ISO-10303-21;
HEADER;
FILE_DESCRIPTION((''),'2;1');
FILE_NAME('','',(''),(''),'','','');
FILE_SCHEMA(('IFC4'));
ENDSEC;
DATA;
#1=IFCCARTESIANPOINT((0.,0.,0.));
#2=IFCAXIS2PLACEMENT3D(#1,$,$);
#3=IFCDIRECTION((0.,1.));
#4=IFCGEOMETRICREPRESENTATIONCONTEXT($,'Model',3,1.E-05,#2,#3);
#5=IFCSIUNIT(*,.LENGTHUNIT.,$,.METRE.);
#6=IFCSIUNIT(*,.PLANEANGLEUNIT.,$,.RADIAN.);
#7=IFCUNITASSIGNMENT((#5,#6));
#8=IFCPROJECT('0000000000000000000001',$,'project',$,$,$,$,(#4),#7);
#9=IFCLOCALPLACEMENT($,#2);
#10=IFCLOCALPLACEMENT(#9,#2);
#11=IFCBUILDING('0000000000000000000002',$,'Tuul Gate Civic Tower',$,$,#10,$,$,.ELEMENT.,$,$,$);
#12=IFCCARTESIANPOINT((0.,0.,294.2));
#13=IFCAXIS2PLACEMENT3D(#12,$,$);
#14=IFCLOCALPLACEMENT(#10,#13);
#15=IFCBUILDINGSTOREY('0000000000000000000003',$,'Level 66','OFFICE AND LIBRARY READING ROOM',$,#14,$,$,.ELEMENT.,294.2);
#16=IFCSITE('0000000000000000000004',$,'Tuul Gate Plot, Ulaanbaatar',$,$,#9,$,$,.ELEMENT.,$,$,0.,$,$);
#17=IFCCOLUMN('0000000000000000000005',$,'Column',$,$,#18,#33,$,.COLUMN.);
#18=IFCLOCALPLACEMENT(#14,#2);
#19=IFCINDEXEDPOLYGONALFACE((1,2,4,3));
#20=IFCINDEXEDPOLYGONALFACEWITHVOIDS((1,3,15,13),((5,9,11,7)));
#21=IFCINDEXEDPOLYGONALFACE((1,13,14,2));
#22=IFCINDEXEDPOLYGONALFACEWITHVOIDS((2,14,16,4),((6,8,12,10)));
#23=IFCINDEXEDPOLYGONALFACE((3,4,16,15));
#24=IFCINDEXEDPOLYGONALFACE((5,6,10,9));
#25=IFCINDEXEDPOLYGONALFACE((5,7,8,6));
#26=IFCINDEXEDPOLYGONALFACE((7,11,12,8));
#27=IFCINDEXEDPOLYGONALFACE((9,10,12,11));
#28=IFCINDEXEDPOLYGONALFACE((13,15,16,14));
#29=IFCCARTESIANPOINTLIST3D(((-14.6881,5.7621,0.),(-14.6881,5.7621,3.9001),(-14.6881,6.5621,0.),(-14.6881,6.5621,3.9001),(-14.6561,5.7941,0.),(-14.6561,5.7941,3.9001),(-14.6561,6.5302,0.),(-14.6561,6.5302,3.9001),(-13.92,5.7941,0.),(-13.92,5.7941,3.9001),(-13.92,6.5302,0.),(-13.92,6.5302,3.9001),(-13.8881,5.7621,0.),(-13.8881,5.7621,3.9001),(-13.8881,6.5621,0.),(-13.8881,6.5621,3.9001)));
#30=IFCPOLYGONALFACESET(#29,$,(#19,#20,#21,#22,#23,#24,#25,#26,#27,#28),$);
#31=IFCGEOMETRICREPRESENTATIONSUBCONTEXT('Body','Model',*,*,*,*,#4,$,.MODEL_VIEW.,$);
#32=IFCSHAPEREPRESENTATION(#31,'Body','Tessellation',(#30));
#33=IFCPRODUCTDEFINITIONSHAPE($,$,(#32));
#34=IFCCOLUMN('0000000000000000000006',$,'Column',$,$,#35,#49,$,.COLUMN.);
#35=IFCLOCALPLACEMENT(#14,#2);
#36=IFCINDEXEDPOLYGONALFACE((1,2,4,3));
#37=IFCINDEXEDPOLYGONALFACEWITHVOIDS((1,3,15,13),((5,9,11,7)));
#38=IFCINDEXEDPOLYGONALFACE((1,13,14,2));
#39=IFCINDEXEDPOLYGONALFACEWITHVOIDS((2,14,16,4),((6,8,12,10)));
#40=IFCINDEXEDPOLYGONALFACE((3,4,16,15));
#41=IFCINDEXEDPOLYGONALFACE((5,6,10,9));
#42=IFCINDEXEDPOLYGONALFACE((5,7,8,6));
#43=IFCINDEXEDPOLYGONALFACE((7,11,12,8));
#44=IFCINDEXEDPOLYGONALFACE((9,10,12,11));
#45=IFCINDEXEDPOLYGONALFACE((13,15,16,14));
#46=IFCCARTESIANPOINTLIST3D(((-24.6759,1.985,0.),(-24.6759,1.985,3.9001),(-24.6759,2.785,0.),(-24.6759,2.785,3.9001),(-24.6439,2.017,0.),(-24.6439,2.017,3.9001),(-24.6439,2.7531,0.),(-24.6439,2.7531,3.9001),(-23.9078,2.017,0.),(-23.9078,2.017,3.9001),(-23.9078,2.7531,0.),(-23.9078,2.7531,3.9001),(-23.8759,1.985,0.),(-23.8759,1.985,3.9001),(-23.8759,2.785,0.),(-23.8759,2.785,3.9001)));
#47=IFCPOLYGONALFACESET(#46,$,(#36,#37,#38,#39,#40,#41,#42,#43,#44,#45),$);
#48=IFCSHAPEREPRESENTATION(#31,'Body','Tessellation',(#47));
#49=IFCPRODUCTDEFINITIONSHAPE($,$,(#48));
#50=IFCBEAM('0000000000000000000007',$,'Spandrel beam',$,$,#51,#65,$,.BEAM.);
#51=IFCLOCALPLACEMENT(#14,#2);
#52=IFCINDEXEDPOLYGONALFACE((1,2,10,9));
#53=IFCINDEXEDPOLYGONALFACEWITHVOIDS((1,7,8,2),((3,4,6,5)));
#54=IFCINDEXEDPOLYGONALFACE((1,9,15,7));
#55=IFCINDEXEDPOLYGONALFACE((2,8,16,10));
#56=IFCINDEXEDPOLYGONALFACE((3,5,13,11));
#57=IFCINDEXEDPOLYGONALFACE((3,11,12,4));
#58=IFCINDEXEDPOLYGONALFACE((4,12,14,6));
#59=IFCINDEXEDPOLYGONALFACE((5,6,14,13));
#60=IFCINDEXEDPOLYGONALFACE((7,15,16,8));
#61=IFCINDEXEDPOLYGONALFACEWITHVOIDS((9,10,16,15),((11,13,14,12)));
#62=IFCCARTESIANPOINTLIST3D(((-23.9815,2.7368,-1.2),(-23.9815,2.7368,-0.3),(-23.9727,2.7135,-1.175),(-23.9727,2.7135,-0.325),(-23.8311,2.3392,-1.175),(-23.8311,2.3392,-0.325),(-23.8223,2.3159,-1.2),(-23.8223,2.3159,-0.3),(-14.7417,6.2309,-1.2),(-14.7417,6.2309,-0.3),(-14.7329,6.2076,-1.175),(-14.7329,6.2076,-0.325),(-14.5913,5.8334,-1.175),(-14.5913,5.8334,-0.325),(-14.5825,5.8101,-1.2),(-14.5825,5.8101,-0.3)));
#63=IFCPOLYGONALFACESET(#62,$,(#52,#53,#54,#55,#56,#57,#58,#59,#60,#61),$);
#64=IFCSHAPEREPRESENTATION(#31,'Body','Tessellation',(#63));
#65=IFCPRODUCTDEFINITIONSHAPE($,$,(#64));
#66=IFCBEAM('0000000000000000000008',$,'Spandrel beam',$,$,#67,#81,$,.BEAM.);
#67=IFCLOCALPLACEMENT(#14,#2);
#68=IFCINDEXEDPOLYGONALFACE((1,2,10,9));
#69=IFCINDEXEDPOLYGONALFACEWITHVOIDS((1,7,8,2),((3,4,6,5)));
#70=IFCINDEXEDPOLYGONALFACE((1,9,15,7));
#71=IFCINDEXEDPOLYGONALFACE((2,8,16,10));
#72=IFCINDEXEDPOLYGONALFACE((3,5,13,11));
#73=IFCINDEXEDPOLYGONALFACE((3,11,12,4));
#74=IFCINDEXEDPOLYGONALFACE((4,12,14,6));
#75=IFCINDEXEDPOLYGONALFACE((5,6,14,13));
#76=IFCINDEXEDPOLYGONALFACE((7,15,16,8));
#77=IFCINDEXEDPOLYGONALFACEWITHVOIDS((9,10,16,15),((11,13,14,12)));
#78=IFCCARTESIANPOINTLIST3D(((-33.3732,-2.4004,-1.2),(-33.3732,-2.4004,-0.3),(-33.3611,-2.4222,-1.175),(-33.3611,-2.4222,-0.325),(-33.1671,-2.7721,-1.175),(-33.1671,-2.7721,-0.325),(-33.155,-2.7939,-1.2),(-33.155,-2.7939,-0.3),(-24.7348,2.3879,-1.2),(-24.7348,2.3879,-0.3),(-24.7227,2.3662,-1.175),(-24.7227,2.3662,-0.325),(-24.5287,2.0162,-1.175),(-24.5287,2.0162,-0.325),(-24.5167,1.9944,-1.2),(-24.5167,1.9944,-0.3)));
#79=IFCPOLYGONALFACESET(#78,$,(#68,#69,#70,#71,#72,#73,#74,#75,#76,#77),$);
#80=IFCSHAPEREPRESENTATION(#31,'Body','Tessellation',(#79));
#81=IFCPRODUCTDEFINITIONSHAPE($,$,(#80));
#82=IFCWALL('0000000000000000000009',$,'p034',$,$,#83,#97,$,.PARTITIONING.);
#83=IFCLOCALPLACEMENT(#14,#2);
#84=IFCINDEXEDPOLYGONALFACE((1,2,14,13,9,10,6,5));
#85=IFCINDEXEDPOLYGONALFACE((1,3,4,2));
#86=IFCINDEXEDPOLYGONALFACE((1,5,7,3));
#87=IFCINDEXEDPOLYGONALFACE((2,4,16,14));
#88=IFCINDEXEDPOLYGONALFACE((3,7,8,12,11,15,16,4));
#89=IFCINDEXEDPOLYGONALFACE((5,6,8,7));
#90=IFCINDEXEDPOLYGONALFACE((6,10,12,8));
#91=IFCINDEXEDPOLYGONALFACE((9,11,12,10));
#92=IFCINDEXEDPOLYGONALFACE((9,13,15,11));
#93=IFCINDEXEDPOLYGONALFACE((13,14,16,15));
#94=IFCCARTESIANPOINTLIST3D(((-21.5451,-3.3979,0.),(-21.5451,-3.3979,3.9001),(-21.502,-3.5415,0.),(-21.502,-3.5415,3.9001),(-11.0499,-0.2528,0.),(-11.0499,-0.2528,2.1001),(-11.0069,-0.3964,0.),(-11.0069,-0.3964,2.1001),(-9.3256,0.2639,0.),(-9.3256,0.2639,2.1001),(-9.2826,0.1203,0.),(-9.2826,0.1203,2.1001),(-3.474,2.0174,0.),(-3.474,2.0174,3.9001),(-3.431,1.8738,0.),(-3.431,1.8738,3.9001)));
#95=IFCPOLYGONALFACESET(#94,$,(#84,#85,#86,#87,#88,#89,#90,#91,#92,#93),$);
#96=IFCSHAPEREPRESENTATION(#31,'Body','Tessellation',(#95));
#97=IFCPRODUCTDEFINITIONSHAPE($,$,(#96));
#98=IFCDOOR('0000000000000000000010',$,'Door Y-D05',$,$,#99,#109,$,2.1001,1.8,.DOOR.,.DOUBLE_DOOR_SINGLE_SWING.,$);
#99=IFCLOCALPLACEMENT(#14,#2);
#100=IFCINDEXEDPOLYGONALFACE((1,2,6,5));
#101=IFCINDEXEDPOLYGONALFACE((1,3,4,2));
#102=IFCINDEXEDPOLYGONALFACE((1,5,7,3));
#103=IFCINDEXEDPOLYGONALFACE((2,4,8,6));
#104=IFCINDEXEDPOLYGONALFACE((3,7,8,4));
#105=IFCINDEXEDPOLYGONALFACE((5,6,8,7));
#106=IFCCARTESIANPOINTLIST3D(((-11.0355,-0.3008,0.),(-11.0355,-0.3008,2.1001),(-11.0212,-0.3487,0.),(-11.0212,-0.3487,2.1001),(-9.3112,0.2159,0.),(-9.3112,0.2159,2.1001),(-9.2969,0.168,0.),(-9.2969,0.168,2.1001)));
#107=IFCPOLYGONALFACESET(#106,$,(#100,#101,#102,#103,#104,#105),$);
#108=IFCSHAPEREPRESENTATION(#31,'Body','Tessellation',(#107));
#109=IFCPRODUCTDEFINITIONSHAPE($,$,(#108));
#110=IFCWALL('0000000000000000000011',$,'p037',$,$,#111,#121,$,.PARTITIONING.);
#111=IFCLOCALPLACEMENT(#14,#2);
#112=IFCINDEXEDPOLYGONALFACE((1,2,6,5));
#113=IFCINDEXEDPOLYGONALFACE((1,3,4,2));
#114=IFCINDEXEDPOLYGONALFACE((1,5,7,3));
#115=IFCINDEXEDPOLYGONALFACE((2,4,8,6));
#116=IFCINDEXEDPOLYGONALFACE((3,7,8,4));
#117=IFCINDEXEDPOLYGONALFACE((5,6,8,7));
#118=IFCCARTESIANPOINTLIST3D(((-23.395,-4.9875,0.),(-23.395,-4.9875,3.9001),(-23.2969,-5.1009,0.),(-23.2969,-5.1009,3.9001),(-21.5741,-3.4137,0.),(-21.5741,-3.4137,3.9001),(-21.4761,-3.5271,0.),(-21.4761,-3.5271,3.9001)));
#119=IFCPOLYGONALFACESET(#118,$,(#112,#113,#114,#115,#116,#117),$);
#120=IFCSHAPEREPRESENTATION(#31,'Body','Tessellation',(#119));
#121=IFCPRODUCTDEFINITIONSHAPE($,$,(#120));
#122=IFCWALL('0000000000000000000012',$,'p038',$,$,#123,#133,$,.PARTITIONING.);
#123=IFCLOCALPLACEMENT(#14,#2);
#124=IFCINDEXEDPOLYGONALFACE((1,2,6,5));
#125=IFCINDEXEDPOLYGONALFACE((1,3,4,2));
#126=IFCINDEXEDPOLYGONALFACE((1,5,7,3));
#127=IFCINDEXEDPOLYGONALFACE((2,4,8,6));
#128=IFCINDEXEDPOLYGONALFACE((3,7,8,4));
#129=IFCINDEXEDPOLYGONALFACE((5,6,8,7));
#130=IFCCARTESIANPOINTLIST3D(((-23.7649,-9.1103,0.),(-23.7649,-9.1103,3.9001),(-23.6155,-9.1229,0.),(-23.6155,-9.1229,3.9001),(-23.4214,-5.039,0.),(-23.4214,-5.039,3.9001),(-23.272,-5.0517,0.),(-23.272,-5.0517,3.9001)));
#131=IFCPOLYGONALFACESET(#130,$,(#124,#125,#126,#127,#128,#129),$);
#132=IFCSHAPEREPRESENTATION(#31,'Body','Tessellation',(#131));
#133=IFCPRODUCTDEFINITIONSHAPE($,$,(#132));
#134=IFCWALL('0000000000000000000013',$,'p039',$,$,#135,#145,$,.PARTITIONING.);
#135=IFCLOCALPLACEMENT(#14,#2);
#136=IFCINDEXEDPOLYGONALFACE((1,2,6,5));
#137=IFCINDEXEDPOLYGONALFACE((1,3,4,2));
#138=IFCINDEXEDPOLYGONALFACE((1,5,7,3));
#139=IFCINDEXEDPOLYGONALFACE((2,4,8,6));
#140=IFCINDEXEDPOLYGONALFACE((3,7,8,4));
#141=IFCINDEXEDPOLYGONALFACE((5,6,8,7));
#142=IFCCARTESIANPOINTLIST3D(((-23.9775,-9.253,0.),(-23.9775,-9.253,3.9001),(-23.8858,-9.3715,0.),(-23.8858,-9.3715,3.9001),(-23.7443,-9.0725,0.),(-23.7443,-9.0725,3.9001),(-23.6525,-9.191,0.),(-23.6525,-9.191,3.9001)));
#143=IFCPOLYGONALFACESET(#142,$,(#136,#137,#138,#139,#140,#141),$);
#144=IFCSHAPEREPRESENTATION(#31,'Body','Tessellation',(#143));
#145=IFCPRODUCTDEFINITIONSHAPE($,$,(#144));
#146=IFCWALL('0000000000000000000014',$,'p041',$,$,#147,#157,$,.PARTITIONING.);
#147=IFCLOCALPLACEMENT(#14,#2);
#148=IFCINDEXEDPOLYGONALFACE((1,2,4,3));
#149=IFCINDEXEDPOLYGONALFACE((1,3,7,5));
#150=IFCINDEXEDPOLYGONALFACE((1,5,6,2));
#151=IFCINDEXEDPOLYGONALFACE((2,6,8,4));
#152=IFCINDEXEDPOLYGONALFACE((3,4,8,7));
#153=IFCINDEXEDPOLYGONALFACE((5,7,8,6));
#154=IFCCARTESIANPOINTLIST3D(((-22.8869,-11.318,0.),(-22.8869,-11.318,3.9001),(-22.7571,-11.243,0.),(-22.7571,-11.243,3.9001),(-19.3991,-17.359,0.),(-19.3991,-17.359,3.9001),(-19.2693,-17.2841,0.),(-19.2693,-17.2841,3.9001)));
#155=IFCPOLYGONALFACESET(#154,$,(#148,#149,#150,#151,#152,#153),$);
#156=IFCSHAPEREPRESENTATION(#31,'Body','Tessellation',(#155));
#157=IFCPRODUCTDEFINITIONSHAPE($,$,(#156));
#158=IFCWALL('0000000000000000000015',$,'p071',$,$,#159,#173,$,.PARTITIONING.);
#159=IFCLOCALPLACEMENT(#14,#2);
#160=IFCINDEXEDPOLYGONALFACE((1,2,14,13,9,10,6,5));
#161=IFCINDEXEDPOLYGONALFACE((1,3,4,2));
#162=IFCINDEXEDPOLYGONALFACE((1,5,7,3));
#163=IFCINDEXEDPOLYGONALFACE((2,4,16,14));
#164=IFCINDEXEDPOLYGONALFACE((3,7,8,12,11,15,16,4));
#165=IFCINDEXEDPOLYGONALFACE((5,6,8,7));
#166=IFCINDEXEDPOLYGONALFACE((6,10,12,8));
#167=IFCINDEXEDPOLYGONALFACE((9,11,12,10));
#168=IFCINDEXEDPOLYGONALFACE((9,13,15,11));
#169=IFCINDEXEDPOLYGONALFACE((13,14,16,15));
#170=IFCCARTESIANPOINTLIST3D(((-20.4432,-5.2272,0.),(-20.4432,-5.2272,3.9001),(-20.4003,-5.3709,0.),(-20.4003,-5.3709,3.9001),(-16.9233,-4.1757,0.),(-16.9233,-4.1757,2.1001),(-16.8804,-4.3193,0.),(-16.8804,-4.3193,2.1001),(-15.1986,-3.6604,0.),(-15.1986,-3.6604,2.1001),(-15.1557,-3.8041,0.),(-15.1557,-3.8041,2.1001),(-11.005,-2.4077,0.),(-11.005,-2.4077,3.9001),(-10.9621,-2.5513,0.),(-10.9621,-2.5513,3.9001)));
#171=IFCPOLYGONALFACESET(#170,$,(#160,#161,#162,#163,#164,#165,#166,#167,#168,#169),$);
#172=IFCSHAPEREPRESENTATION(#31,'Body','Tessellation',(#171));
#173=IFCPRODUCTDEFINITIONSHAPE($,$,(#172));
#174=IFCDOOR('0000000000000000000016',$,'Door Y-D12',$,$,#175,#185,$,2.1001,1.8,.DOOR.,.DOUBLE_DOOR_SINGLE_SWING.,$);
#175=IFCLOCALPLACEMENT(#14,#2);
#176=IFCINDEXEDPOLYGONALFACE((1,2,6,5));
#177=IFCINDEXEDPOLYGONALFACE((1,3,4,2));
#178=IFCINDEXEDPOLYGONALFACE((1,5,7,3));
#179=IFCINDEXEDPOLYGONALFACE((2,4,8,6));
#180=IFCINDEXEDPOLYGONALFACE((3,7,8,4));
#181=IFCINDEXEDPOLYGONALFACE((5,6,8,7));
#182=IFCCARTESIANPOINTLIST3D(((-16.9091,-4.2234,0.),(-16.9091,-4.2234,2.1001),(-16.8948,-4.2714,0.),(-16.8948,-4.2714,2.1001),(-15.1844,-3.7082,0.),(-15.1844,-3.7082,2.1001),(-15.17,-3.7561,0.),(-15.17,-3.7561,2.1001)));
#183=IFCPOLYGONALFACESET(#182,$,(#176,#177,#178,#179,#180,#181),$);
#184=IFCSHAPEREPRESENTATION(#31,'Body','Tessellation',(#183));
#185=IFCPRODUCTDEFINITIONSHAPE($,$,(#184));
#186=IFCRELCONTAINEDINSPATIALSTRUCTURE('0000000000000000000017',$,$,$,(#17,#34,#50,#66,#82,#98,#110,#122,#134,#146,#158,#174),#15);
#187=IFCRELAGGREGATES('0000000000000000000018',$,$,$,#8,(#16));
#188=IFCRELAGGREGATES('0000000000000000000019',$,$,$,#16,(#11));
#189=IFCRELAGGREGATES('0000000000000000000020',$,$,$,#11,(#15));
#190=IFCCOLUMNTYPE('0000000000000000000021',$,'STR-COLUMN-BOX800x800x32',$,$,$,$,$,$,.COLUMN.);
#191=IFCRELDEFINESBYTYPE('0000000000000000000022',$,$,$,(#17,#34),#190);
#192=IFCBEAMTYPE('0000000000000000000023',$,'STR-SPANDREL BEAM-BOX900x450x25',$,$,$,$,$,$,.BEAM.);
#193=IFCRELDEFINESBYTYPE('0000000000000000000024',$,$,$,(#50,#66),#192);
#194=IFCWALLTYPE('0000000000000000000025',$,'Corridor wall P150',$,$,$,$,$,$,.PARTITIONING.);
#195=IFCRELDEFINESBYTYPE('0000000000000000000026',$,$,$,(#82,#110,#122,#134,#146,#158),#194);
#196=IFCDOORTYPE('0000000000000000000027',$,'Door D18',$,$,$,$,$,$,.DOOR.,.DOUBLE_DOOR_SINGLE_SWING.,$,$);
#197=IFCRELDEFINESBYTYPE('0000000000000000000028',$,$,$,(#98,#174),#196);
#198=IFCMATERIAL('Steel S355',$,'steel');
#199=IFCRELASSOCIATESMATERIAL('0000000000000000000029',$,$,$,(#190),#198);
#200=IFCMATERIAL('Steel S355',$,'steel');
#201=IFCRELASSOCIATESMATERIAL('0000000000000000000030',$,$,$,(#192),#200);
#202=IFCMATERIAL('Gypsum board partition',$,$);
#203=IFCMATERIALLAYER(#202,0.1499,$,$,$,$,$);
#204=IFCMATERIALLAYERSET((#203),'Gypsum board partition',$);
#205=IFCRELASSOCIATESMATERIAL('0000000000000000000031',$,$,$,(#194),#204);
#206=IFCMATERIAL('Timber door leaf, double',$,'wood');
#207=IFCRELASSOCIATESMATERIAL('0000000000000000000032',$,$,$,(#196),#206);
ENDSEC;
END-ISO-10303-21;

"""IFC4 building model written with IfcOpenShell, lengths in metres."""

from ifc_helpers import new_model, si_unit, direction, frame, frame_2d, origin, origin_2d, place, context, subcontext, project, spatial, rectangle, hollow_rectangle, extrude, material, layer, layer_set, material_profile, profile_set, type_object, element, fill, save


model = new_model("IFC4")

# Units and contexts
model_context = context("Model", 3, precision=1e-05, world=origin(), true_north=direction((0.0, 1.0)))
body_context = subcontext(model_context, "Body", "Model", "MODEL_VIEW")
ifc_project = project(units=[si_unit("LENGTHUNIT", "METRE"), si_unit("PLANEANGLEUNIT", "RADIAN")], contexts=[model_context])

# Site, building, storey
site_placement = place(None, origin())
site = spatial("IfcSite", under=ifc_project, at=site_placement, Name="Tuul Gate Plot, Ulaanbaatar", CompositionType="ELEMENT", RefElevation=0.0)
building_placement = place(site_placement, origin())
building = spatial("IfcBuilding", under=site, at=building_placement, Name="Tuul Gate Civic Tower", CompositionType="ELEMENT")
storey_placement = place(building_placement, frame((0.0, 0.0, 294.2)))
storey = spatial("IfcBuildingStorey", under=building, at=storey_placement, Name="Level 66", Description="OFFICE AND LIBRARY READING ROOM", CompositionType="ELEMENT", Elevation=294.2)

# Columns
ifc_material_1 = material(Name="Steel S355", Category="steel")
ifc_material_profile_1 = material_profile(ifc_material_1, hollow_rectangle(XDim=0.8, YDim=0.8, WallThickness=0.032, at=origin_2d()), Name="BOX800x800x32")
ifc_profile_set_1 = profile_set([ifc_material_profile_1], Name="Steel S355")
column_type = type_object("IfcColumnType", Name="STR-COLUMN-BOX800x800x32", PredefinedType="COLUMN", material=ifc_profile_set_1)
for number, where, z_axis, x_axis, name in (
    (1, (-14.2881, 6.1621, 0.0), (0.0, 0.0, 1.0), (1.0, 0.0, 0.0), "Column"),
    (2, (-24.2759, 2.385, 0.0), (0.0, 0.0, 1.0), (1.0, 0.0, 0.0), "Column"),
):
    element("IfcColumn", number, at=place(storey_placement, frame(where, z_axis=z_axis, x_axis=x_axis)), inside=storey, type_object=column_type, Name=name, PredefinedType="COLUMN", context=body_context, shape_type="SweptSolid", body=[
        extrude(hollow_rectangle(XDim=0.8, YDim=0.8, WallThickness=0.032, at=origin_2d()), origin(), (0.0, 0.0, 1.0), 3.9001),
    ])

# Beams
ifc_material_2 = material(Name="Steel S355", Category="steel")
ifc_material_profile_2 = material_profile(ifc_material_2, hollow_rectangle(XDim=0.45, YDim=0.8999, WallThickness=0.0249, at=origin_2d()), Name="BOX900x450x25")
ifc_profile_set_2 = profile_set([ifc_material_profile_2], Name="Steel S355")
beam_type = type_object("IfcBeamType", Name="STR-SPANDREL BEAM-BOX900x450x25", PredefinedType="BEAM", material=ifc_profile_set_2)
beam_1_placement = place(storey_placement, frame((-14.6621, 6.0205, -0.75), z_axis=(-0.935353, -0.353717, 0.0), x_axis=(0.353717, -0.935353, 0.0)))
element("IfcBeam", 3, at=beam_1_placement, inside=storey, type_object=beam_type, Name="Spandrel beam", PredefinedType="BEAM", context=body_context, shape_type="SweptSolid", body=[
    extrude(hollow_rectangle(XDim=0.45, YDim=0.8999, WallThickness=0.0249, at=origin_2d()), origin(), (0.0, 0.0, 1.0), 9.8784),
])
beam_2_placement = place(storey_placement, frame((-24.6257, 2.1912, -0.75), z_axis=(-0.874621, -0.484807, 0.0), x_axis=(0.484807, -0.874621, 0.0)))
element("IfcBeam", 4, at=beam_2_placement, inside=storey, type_object=beam_type, Name="Spandrel beam", PredefinedType="BEAM", context=body_context, shape_type="SweptSolid", body=[
    extrude(hollow_rectangle(XDim=0.45, YDim=0.8999, WallThickness=0.0249, at=origin_2d()), origin(), (0.0, 0.0, 1.0), 9.8767),
])

# Wall, opening, door
ifc_material_3 = material(Name="Gypsum board partition")
ifc_layer_1 = layer(ifc_material_3, 0.1499)
ifc_layer_set_1 = layer_set([ifc_layer_1], Name="Gypsum board partition")
wall_type_1 = type_object("IfcWallType", Name="Corridor wall P150", PredefinedType="PARTITIONING", material=ifc_layer_set_1)
wall_1_placement = place(storey_placement, frame((-21.5237, -3.4697, 0.0), z_axis=(0.0, 0.0, 1.0), x_axis=(0.957914, 0.287055, 0.0)))
wall_1 = element("IfcWall", 5, at=wall_1_placement, inside=storey, type_object=wall_type_1, Name="p034", PredefinedType="PARTITIONING", context=body_context, shape_type="SweptSolid", body=[
    extrude(rectangle(XDim=18.865, YDim=0.1499, at=frame_2d((9.4326, 0.0))), origin(), (0.0, 0.0, 1.0), 3.9001),
])
opening_1_placement = place(wall_1_placement, frame((10.9565, 0.0, 0.0)))
opening_1 = element("IfcOpeningElement", 6, at=opening_1_placement, cuts=wall_1, PredefinedType="OPENING", context=body_context, shape_type="SweptSolid", body=[
    extrude(rectangle(XDim=1.8, YDim=2.1001, at=frame_2d((0.8999, 1.05))), frame((0.0, 0.085, 0.0), z_axis=(0.0, -1.0, 0.0), x_axis=(1.0, 0.0, 0.0)), (0.0, 0.0, 1.0), 0.1699),
])
ifc_material_4 = material(Name="Timber door leaf, double", Category="wood")
door_type = type_object("IfcDoorType", Name="Door D18", OperationType="DOUBLE_DOOR_SINGLE_SWING", PredefinedType="DOOR", material=ifc_material_4)
door_1_placement = place(opening_1_placement, origin())
door_1 = element("IfcDoor", 7, at=door_1_placement, inside=storey, type_object=door_type, Name="Door Y-D05", OperationType="DOUBLE_DOOR_SINGLE_SWING", OverallHeight=2.1001, OverallWidth=1.8, PredefinedType="DOOR", context=body_context, shape_type="SweptSolid", body=[
    extrude(rectangle(XDim=1.8, YDim=2.1001, at=frame_2d((0.8999, 1.05))), frame((0.0, 0.0249, 0.0), z_axis=(0.0, -1.0, 0.0), x_axis=(1.0, 0.0, 0.0)), (0.0, 0.0, 1.0), 0.05),
])
fill(opening_1, door_1)

# Walls
wall_2_placement = place(storey_placement, frame((-23.3459, -5.0442, 0.0), z_axis=(0.0, 0.0, 1.0), x_axis=(0.756572, 0.65391, 0.0)))
element("IfcWall", 8, at=wall_2_placement, inside=storey, type_object=wall_type_1, Name="p037", PredefinedType="PARTITIONING", context=body_context, shape_type="SweptSolid", body=[
    extrude(rectangle(XDim=2.4067, YDim=0.1499, at=frame_2d((1.2034, 0.0))), origin(), (0.0, 0.0, 1.0), 3.9001),
])
wall_3_placement = place(storey_placement, frame((-23.6902, -9.1167, 0.0), z_axis=(0.0, 0.0, 1.0), x_axis=(0.084074, 0.99646, 0.0)))
element("IfcWall", 9, at=wall_3_placement, inside=storey, type_object=wall_type_1, Name="p038", PredefinedType="PARTITIONING", context=body_context, shape_type="SweptSolid", body=[
    extrude(rectangle(XDim=4.0857, YDim=0.1499, at=frame_2d((2.043, 0.0))), origin(), (0.0, 0.0, 1.0), 3.9001),
])
wall_4_placement = place(storey_placement, frame((-23.9316, -9.3123, 0.0), z_axis=(0.0, 0.0, 1.0), x_axis=(0.790866, 0.611989, 0.0)))
element("IfcWall", 10, at=wall_4_placement, inside=storey, type_object=wall_type_1, Name="p039", PredefinedType="PARTITIONING", context=body_context, shape_type="SweptSolid", body=[
    extrude(rectangle(XDim=0.2949, YDim=0.1499, at=frame_2d((0.1475, 0.0))), origin(), (0.0, 0.0, 1.0), 3.9001),
])
wall_5_placement = place(storey_placement, frame((-22.822, -11.2805, 0.0), z_axis=(0.0, 0.0, 1.0), x_axis=(0.500001, -0.866025, 0.0)))
element("IfcWall", 11, at=wall_5_placement, inside=storey, type_object=wall_type_1, Name="p041", PredefinedType="PARTITIONING", context=body_context, shape_type="SweptSolid", body=[
    extrude(rectangle(XDim=6.9756, YDim=0.1499, at=frame_2d((3.4878, 0.0))), origin(), (0.0, 0.0, 1.0), 3.9001),
])

# Wall, opening, door
wall_6_placement = place(storey_placement, frame((-20.4219, -5.2991, 0.0), z_axis=(0.0, 0.0, 1.0), x_axis=(0.958158, 0.28624, 0.0)))
wall_6 = element("IfcWall", 12, at=wall_6_placement, inside=storey, type_object=wall_type_1, Name="p071", PredefinedType="PARTITIONING", context=body_context, shape_type="SweptSolid", body=[
    extrude(rectangle(XDim=9.8503, YDim=0.1499, at=frame_2d((4.9253, 0.0))), origin(), (0.0, 0.0, 1.0), 3.9001),
])
opening_2_placement = place(wall_6_placement, frame((3.6738, 0.0, 0.0)))
opening_2 = element("IfcOpeningElement", 13, at=opening_2_placement, cuts=wall_6, PredefinedType="OPENING", context=body_context, shape_type="SweptSolid", body=[
    extrude(rectangle(XDim=1.8, YDim=2.1001, at=frame_2d((0.8999, 1.05))), frame((0.0, 0.085, 0.0), z_axis=(0.0, -1.0, 0.0), x_axis=(1.0, 0.0, 0.0)), (0.0, 0.0, 1.0), 0.1699),
])
door_2_placement = place(opening_2_placement, frame((1.8, 0.0, 0.0), z_axis=(0.0, 0.0, 1.0), x_axis=(-1.0, 0.0, 0.0)))
door_2 = element("IfcDoor", 14, at=door_2_placement, inside=storey, type_object=door_type, Name="Door Y-D12", OperationType="DOUBLE_DOOR_SINGLE_SWING", OverallHeight=2.1001, OverallWidth=1.8, PredefinedType="DOOR", context=body_context, shape_type="SweptSolid", body=[
    extrude(rectangle(XDim=1.8, YDim=2.1001, at=frame_2d((0.9001, 1.05))), frame((0.0, 0.0249, 0.0), z_axis=(0.0, -1.0, 0.0), x_axis=(1.0, 0.0, 0.0)), (0.0, 0.0, 1.0), 0.05),
])
fill(opening_2, door_2)

save(model, "model.ifc")
